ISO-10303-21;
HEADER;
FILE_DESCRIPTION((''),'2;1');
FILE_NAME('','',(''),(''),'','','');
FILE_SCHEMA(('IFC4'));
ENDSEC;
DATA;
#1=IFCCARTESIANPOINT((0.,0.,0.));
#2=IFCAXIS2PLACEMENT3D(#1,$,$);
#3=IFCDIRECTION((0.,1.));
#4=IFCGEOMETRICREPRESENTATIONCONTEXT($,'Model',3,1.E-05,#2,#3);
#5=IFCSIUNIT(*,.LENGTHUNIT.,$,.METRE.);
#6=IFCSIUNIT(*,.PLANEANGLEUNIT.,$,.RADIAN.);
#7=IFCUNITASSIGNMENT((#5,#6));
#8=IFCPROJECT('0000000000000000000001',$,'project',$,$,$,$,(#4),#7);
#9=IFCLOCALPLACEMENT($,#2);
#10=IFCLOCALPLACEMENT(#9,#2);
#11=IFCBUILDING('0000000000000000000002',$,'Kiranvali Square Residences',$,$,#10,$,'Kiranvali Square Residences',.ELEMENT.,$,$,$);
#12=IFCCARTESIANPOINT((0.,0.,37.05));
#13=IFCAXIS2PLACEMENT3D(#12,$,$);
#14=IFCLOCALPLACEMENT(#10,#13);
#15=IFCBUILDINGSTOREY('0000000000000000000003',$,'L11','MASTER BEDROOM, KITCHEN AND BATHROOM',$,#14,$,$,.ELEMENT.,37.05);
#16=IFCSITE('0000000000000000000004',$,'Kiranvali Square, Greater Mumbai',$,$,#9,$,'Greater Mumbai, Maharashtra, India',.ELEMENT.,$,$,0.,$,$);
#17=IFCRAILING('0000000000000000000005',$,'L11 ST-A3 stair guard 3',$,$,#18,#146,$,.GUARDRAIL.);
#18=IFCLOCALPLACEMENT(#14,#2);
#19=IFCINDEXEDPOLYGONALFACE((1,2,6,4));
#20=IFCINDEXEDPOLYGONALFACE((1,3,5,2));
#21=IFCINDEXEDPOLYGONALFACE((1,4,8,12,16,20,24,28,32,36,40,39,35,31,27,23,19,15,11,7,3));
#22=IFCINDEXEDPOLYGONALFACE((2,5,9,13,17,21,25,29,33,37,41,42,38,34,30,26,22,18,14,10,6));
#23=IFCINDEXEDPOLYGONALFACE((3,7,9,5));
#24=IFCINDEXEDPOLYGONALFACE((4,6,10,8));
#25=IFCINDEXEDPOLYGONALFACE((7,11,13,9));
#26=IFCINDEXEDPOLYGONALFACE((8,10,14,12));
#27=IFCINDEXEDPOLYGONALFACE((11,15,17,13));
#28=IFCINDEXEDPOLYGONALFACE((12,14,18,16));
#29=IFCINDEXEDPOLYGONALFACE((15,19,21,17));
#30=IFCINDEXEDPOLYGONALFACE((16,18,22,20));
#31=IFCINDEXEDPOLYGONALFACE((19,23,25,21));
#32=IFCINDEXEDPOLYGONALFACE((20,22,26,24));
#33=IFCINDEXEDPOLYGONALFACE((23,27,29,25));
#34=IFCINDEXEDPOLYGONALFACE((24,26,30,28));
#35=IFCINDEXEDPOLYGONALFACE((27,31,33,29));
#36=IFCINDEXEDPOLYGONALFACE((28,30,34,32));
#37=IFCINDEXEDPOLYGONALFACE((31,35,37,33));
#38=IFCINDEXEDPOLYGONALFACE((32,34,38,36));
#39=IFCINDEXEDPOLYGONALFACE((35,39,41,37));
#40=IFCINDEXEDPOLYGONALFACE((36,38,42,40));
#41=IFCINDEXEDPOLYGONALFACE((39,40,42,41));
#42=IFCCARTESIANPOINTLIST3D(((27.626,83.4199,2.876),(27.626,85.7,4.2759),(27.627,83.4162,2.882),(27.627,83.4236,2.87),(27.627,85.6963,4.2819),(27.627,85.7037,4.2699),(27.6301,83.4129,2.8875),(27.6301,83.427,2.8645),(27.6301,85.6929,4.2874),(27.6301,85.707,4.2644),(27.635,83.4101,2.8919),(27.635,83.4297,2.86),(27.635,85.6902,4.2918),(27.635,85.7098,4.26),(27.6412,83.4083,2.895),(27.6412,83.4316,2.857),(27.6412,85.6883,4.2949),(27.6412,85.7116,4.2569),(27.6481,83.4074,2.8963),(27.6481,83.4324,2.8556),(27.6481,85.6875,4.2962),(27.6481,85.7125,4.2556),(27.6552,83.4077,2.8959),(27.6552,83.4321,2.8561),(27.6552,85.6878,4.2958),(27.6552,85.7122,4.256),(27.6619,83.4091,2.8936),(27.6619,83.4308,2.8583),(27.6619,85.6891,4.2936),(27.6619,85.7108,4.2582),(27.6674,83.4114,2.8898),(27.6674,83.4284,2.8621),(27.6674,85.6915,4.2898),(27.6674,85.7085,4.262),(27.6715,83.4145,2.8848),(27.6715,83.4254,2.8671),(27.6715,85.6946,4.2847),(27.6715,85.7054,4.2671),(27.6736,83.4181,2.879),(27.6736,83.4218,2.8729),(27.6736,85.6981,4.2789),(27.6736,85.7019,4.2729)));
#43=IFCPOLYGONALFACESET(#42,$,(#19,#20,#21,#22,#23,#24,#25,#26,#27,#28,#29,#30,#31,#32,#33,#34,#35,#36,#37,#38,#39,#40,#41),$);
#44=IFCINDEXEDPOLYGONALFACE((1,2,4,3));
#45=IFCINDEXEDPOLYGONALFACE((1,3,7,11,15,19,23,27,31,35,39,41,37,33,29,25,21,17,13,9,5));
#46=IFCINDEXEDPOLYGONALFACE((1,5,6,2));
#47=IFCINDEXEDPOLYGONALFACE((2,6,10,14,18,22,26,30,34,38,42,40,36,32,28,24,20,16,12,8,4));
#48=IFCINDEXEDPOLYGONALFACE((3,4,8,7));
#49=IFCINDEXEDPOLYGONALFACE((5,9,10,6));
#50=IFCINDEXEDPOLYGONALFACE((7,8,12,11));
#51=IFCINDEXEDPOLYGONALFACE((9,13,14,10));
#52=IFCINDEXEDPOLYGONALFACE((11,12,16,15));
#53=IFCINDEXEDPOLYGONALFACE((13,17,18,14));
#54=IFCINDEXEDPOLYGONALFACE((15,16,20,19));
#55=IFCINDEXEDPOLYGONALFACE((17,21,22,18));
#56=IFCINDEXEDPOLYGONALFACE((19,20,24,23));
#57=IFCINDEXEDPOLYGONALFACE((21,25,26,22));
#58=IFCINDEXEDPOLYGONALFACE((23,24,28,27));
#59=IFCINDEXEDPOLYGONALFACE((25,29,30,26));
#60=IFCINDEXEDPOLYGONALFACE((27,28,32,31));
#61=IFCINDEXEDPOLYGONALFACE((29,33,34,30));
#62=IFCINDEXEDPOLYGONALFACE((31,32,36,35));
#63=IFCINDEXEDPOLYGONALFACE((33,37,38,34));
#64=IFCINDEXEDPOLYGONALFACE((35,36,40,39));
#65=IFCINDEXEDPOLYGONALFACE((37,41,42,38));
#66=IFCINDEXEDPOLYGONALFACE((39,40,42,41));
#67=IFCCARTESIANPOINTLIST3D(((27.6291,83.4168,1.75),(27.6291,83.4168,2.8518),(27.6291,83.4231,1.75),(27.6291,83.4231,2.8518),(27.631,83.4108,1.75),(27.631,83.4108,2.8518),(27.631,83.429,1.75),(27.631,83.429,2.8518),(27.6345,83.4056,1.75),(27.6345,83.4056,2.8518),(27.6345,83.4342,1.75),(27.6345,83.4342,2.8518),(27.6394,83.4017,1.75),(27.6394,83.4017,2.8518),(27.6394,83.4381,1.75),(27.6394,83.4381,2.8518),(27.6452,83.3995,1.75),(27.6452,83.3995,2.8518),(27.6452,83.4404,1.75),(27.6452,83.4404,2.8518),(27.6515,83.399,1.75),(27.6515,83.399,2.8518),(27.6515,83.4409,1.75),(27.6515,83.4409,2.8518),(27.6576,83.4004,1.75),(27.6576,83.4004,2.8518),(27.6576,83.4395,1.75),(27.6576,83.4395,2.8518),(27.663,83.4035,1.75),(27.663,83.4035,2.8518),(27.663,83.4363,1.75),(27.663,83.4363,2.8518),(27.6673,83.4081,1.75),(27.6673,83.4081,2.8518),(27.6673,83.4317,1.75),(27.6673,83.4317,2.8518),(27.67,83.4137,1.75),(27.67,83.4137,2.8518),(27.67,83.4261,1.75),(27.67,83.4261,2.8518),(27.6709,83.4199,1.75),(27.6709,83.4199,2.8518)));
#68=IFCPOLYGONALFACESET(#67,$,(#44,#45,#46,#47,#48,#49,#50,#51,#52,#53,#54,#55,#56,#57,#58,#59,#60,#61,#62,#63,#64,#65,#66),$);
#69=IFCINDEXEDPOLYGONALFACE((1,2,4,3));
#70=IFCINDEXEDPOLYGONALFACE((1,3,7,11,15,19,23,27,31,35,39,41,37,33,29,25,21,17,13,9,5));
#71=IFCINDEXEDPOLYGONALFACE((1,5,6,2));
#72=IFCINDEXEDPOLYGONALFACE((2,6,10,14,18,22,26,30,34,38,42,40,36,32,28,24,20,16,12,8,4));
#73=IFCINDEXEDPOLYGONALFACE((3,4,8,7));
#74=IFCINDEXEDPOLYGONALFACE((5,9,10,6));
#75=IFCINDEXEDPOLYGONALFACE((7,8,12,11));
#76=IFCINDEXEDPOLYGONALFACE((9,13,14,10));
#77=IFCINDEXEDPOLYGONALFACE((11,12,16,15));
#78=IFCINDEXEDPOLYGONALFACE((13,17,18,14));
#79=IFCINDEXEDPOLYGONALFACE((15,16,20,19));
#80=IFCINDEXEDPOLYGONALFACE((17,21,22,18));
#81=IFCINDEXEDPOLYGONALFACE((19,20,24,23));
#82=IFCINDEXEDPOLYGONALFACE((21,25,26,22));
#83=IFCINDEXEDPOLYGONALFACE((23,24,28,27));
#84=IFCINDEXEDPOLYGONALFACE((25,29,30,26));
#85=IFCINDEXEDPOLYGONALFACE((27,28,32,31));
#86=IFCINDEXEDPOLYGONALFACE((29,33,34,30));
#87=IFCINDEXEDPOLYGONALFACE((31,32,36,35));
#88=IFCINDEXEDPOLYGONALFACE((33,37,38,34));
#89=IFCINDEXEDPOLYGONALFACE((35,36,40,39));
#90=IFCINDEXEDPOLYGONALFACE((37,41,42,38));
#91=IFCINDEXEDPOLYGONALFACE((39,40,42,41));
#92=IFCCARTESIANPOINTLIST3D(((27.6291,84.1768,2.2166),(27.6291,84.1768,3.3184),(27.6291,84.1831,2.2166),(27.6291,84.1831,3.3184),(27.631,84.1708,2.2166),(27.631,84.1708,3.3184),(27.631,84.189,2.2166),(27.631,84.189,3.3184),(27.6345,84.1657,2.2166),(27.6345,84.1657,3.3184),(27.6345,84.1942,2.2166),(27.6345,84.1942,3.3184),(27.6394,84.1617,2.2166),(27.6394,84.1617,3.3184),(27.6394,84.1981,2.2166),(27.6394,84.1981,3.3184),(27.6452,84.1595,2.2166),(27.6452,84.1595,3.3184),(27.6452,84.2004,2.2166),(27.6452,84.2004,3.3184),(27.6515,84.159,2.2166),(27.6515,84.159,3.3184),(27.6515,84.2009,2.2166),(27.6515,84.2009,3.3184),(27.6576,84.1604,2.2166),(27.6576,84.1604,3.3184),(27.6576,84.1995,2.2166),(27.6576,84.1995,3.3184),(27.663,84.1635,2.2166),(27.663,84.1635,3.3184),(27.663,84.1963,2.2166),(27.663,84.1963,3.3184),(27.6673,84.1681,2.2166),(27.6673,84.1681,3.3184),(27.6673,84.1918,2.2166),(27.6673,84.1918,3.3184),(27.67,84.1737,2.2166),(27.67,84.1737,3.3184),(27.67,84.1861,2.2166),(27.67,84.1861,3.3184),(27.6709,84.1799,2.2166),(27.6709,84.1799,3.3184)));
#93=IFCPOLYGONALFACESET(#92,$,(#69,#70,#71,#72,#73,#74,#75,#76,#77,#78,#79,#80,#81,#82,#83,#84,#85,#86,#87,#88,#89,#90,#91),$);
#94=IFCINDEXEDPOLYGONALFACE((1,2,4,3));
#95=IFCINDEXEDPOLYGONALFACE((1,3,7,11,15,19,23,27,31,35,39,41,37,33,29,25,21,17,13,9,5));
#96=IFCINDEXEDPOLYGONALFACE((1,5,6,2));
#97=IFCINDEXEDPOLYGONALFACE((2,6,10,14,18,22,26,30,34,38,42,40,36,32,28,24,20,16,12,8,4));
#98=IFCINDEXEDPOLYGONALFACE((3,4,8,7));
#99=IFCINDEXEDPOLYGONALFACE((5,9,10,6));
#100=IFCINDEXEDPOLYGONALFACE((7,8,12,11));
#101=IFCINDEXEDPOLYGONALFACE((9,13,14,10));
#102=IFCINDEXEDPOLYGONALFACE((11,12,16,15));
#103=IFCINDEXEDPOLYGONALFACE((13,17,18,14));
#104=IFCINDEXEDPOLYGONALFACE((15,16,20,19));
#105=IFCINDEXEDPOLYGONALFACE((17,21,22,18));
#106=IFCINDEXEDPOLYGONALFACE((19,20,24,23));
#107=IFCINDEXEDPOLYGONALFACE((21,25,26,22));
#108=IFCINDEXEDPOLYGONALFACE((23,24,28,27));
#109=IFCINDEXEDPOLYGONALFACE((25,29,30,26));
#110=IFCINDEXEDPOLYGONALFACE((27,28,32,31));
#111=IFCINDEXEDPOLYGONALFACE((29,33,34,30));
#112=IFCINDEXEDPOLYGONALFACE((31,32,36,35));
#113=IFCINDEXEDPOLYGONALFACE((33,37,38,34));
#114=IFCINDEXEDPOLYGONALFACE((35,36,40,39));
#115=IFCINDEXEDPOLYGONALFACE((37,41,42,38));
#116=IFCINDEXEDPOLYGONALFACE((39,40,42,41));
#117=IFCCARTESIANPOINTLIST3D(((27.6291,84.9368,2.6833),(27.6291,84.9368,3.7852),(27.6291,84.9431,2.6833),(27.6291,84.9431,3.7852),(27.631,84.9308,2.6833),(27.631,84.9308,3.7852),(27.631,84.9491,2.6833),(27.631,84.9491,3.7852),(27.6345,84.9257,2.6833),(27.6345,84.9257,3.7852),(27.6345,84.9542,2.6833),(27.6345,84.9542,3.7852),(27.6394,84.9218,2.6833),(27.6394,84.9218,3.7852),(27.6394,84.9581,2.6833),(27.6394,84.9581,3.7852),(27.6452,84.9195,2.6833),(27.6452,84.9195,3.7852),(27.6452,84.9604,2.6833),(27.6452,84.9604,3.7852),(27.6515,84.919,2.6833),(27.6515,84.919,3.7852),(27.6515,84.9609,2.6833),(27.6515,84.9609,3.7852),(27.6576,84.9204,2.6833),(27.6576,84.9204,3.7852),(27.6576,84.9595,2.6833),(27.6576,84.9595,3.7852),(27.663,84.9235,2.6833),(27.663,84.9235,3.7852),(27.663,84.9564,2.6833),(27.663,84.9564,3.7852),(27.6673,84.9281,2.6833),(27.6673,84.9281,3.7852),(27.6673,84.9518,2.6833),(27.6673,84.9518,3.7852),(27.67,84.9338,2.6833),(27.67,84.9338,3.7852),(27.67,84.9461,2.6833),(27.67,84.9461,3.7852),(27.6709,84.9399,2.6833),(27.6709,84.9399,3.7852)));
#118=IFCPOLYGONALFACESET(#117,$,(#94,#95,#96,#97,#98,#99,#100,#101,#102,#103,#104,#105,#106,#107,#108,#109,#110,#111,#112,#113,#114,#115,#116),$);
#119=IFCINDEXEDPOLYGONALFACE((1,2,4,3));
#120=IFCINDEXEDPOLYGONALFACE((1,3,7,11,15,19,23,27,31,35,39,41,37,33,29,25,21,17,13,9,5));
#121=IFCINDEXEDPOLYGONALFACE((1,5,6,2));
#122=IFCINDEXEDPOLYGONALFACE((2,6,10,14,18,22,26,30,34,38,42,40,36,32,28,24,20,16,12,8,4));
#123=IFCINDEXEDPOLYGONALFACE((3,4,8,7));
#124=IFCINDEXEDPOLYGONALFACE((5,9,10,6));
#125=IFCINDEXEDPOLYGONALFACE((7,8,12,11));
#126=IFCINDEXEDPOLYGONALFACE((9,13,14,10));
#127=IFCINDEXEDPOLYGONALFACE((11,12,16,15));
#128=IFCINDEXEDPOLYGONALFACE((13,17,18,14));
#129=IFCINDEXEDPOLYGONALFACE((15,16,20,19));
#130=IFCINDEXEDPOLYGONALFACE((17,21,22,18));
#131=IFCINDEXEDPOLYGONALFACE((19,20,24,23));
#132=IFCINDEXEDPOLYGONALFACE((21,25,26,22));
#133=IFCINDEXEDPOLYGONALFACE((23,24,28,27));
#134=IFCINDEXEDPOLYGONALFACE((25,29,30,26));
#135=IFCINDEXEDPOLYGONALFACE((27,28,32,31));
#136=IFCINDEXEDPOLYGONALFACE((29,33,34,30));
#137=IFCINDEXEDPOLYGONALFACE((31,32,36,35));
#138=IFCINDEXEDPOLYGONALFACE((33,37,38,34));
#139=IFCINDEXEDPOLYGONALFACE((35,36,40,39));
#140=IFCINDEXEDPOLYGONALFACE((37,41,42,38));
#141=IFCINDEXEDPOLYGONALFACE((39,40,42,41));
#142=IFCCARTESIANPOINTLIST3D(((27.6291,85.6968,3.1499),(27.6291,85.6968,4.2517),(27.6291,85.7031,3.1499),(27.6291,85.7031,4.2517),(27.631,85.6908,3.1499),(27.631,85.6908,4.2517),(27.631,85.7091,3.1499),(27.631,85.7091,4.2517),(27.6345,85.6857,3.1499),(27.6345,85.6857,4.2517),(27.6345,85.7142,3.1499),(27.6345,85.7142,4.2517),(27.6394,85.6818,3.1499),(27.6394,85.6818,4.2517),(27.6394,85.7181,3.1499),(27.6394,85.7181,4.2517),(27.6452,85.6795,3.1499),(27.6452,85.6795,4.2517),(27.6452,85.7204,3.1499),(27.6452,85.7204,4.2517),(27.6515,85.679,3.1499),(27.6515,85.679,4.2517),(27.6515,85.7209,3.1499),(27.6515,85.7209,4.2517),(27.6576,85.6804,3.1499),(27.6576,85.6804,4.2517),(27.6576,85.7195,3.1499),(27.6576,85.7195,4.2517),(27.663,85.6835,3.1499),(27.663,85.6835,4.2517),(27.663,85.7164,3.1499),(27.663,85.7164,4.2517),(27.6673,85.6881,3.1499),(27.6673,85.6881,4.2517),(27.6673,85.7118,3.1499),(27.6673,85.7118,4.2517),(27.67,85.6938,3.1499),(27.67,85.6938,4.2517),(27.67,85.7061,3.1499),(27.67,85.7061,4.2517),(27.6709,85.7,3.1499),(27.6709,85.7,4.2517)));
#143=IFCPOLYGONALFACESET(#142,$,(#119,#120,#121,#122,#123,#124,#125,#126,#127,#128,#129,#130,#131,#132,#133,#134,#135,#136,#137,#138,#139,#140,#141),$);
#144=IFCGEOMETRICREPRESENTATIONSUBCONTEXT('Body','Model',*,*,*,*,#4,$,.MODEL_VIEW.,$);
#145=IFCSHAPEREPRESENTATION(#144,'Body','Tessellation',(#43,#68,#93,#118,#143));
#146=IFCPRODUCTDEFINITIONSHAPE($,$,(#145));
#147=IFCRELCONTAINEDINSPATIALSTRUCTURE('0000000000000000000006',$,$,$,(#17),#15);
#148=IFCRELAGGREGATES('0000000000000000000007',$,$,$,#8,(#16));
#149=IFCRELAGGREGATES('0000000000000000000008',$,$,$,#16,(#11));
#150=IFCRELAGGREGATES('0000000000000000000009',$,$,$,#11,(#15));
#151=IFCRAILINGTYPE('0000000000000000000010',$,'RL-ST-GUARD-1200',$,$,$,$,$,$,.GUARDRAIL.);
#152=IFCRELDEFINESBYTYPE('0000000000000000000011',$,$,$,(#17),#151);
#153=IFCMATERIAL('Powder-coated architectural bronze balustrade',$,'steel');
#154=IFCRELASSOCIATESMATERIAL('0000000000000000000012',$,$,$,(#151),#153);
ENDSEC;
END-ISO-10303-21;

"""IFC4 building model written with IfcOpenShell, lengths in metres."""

from ifc_helpers import new_model, si_unit, direction, frame, origin, origin_2d, place, context, subcontext, project, spatial, circle, extrude, material, type_object, element, save


model = new_model("IFC4")

# Units and contexts
model_context = context("Model", 3, precision=1e-05, world=origin(), true_north=direction((0.0, 1.0)))
body_context = subcontext(model_context, "Body", "Model", "MODEL_VIEW")
ifc_project = project(units=[si_unit("LENGTHUNIT", "METRE"), si_unit("PLANEANGLEUNIT", "RADIAN")], contexts=[model_context])

# Site, building, storey
site_placement = place(None, origin())
site = spatial("IfcSite", under=ifc_project, at=site_placement, Name="Kiranvali Square, Greater Mumbai", LongName="Greater Mumbai, Maharashtra, India", CompositionType="ELEMENT", RefElevation=0.0)
building_placement = place(site_placement, origin())
building = spatial("IfcBuilding", under=site, at=building_placement, Name="Kiranvali Square Residences", LongName="Kiranvali Square Residences", CompositionType="ELEMENT")
storey_placement = place(building_placement, frame((0.0, 0.0, 37.05)))
storey = spatial("IfcBuildingStorey", under=building, at=storey_placement, Name="L11", Description="MASTER BEDROOM, KITCHEN AND BATHROOM", CompositionType="ELEMENT", Elevation=37.05)

# Railing
ifc_material_1 = material(Name="Powder-coated architectural bronze balustrade", Category="steel")
railing_type = type_object("IfcRailingType", Name="RL-ST-GUARD-1200", PredefinedType="GUARDRAIL", material=ifc_material_1)
railing_1_placement = place(storey_placement, frame((27.6499, 83.4199, 1.75)))
element("IfcRailing", 1, at=railing_1_placement, inside=storey, type_object=railing_type, Name="L11 ST-A3 stair guard 3", PredefinedType="GUARDRAIL", context=body_context, shape_type="SweptSolid", body=[
    extrude(circle(Radius=0.0239, at=origin_2d()), frame((0.0, 0.0, 1.126), z_axis=(0.0, 0.85219, 0.523232), x_axis=(-1.0, 0.0, 0.0)), (0.0, 0.0, 1.0), 2.6755),
    extrude(circle(Radius=0.021, at=origin_2d()), origin(), (0.0, 0.0, 1.0), 1.1018),
    extrude(circle(Radius=0.021, at=origin_2d()), frame((0.0, 0.76, 0.4666)), (0.0, 0.0, 1.0), 1.1018),
    extrude(circle(Radius=0.021, at=origin_2d()), frame((0.0, 1.52, 0.9333)), (0.0, 0.0, 1.0), 1.1018),
    extrude(circle(Radius=0.021, at=origin_2d()), frame((0.0, 2.28, 1.3999)), (0.0, 0.0, 1.0), 1.1018),
])

save(model, "model.ifc")
